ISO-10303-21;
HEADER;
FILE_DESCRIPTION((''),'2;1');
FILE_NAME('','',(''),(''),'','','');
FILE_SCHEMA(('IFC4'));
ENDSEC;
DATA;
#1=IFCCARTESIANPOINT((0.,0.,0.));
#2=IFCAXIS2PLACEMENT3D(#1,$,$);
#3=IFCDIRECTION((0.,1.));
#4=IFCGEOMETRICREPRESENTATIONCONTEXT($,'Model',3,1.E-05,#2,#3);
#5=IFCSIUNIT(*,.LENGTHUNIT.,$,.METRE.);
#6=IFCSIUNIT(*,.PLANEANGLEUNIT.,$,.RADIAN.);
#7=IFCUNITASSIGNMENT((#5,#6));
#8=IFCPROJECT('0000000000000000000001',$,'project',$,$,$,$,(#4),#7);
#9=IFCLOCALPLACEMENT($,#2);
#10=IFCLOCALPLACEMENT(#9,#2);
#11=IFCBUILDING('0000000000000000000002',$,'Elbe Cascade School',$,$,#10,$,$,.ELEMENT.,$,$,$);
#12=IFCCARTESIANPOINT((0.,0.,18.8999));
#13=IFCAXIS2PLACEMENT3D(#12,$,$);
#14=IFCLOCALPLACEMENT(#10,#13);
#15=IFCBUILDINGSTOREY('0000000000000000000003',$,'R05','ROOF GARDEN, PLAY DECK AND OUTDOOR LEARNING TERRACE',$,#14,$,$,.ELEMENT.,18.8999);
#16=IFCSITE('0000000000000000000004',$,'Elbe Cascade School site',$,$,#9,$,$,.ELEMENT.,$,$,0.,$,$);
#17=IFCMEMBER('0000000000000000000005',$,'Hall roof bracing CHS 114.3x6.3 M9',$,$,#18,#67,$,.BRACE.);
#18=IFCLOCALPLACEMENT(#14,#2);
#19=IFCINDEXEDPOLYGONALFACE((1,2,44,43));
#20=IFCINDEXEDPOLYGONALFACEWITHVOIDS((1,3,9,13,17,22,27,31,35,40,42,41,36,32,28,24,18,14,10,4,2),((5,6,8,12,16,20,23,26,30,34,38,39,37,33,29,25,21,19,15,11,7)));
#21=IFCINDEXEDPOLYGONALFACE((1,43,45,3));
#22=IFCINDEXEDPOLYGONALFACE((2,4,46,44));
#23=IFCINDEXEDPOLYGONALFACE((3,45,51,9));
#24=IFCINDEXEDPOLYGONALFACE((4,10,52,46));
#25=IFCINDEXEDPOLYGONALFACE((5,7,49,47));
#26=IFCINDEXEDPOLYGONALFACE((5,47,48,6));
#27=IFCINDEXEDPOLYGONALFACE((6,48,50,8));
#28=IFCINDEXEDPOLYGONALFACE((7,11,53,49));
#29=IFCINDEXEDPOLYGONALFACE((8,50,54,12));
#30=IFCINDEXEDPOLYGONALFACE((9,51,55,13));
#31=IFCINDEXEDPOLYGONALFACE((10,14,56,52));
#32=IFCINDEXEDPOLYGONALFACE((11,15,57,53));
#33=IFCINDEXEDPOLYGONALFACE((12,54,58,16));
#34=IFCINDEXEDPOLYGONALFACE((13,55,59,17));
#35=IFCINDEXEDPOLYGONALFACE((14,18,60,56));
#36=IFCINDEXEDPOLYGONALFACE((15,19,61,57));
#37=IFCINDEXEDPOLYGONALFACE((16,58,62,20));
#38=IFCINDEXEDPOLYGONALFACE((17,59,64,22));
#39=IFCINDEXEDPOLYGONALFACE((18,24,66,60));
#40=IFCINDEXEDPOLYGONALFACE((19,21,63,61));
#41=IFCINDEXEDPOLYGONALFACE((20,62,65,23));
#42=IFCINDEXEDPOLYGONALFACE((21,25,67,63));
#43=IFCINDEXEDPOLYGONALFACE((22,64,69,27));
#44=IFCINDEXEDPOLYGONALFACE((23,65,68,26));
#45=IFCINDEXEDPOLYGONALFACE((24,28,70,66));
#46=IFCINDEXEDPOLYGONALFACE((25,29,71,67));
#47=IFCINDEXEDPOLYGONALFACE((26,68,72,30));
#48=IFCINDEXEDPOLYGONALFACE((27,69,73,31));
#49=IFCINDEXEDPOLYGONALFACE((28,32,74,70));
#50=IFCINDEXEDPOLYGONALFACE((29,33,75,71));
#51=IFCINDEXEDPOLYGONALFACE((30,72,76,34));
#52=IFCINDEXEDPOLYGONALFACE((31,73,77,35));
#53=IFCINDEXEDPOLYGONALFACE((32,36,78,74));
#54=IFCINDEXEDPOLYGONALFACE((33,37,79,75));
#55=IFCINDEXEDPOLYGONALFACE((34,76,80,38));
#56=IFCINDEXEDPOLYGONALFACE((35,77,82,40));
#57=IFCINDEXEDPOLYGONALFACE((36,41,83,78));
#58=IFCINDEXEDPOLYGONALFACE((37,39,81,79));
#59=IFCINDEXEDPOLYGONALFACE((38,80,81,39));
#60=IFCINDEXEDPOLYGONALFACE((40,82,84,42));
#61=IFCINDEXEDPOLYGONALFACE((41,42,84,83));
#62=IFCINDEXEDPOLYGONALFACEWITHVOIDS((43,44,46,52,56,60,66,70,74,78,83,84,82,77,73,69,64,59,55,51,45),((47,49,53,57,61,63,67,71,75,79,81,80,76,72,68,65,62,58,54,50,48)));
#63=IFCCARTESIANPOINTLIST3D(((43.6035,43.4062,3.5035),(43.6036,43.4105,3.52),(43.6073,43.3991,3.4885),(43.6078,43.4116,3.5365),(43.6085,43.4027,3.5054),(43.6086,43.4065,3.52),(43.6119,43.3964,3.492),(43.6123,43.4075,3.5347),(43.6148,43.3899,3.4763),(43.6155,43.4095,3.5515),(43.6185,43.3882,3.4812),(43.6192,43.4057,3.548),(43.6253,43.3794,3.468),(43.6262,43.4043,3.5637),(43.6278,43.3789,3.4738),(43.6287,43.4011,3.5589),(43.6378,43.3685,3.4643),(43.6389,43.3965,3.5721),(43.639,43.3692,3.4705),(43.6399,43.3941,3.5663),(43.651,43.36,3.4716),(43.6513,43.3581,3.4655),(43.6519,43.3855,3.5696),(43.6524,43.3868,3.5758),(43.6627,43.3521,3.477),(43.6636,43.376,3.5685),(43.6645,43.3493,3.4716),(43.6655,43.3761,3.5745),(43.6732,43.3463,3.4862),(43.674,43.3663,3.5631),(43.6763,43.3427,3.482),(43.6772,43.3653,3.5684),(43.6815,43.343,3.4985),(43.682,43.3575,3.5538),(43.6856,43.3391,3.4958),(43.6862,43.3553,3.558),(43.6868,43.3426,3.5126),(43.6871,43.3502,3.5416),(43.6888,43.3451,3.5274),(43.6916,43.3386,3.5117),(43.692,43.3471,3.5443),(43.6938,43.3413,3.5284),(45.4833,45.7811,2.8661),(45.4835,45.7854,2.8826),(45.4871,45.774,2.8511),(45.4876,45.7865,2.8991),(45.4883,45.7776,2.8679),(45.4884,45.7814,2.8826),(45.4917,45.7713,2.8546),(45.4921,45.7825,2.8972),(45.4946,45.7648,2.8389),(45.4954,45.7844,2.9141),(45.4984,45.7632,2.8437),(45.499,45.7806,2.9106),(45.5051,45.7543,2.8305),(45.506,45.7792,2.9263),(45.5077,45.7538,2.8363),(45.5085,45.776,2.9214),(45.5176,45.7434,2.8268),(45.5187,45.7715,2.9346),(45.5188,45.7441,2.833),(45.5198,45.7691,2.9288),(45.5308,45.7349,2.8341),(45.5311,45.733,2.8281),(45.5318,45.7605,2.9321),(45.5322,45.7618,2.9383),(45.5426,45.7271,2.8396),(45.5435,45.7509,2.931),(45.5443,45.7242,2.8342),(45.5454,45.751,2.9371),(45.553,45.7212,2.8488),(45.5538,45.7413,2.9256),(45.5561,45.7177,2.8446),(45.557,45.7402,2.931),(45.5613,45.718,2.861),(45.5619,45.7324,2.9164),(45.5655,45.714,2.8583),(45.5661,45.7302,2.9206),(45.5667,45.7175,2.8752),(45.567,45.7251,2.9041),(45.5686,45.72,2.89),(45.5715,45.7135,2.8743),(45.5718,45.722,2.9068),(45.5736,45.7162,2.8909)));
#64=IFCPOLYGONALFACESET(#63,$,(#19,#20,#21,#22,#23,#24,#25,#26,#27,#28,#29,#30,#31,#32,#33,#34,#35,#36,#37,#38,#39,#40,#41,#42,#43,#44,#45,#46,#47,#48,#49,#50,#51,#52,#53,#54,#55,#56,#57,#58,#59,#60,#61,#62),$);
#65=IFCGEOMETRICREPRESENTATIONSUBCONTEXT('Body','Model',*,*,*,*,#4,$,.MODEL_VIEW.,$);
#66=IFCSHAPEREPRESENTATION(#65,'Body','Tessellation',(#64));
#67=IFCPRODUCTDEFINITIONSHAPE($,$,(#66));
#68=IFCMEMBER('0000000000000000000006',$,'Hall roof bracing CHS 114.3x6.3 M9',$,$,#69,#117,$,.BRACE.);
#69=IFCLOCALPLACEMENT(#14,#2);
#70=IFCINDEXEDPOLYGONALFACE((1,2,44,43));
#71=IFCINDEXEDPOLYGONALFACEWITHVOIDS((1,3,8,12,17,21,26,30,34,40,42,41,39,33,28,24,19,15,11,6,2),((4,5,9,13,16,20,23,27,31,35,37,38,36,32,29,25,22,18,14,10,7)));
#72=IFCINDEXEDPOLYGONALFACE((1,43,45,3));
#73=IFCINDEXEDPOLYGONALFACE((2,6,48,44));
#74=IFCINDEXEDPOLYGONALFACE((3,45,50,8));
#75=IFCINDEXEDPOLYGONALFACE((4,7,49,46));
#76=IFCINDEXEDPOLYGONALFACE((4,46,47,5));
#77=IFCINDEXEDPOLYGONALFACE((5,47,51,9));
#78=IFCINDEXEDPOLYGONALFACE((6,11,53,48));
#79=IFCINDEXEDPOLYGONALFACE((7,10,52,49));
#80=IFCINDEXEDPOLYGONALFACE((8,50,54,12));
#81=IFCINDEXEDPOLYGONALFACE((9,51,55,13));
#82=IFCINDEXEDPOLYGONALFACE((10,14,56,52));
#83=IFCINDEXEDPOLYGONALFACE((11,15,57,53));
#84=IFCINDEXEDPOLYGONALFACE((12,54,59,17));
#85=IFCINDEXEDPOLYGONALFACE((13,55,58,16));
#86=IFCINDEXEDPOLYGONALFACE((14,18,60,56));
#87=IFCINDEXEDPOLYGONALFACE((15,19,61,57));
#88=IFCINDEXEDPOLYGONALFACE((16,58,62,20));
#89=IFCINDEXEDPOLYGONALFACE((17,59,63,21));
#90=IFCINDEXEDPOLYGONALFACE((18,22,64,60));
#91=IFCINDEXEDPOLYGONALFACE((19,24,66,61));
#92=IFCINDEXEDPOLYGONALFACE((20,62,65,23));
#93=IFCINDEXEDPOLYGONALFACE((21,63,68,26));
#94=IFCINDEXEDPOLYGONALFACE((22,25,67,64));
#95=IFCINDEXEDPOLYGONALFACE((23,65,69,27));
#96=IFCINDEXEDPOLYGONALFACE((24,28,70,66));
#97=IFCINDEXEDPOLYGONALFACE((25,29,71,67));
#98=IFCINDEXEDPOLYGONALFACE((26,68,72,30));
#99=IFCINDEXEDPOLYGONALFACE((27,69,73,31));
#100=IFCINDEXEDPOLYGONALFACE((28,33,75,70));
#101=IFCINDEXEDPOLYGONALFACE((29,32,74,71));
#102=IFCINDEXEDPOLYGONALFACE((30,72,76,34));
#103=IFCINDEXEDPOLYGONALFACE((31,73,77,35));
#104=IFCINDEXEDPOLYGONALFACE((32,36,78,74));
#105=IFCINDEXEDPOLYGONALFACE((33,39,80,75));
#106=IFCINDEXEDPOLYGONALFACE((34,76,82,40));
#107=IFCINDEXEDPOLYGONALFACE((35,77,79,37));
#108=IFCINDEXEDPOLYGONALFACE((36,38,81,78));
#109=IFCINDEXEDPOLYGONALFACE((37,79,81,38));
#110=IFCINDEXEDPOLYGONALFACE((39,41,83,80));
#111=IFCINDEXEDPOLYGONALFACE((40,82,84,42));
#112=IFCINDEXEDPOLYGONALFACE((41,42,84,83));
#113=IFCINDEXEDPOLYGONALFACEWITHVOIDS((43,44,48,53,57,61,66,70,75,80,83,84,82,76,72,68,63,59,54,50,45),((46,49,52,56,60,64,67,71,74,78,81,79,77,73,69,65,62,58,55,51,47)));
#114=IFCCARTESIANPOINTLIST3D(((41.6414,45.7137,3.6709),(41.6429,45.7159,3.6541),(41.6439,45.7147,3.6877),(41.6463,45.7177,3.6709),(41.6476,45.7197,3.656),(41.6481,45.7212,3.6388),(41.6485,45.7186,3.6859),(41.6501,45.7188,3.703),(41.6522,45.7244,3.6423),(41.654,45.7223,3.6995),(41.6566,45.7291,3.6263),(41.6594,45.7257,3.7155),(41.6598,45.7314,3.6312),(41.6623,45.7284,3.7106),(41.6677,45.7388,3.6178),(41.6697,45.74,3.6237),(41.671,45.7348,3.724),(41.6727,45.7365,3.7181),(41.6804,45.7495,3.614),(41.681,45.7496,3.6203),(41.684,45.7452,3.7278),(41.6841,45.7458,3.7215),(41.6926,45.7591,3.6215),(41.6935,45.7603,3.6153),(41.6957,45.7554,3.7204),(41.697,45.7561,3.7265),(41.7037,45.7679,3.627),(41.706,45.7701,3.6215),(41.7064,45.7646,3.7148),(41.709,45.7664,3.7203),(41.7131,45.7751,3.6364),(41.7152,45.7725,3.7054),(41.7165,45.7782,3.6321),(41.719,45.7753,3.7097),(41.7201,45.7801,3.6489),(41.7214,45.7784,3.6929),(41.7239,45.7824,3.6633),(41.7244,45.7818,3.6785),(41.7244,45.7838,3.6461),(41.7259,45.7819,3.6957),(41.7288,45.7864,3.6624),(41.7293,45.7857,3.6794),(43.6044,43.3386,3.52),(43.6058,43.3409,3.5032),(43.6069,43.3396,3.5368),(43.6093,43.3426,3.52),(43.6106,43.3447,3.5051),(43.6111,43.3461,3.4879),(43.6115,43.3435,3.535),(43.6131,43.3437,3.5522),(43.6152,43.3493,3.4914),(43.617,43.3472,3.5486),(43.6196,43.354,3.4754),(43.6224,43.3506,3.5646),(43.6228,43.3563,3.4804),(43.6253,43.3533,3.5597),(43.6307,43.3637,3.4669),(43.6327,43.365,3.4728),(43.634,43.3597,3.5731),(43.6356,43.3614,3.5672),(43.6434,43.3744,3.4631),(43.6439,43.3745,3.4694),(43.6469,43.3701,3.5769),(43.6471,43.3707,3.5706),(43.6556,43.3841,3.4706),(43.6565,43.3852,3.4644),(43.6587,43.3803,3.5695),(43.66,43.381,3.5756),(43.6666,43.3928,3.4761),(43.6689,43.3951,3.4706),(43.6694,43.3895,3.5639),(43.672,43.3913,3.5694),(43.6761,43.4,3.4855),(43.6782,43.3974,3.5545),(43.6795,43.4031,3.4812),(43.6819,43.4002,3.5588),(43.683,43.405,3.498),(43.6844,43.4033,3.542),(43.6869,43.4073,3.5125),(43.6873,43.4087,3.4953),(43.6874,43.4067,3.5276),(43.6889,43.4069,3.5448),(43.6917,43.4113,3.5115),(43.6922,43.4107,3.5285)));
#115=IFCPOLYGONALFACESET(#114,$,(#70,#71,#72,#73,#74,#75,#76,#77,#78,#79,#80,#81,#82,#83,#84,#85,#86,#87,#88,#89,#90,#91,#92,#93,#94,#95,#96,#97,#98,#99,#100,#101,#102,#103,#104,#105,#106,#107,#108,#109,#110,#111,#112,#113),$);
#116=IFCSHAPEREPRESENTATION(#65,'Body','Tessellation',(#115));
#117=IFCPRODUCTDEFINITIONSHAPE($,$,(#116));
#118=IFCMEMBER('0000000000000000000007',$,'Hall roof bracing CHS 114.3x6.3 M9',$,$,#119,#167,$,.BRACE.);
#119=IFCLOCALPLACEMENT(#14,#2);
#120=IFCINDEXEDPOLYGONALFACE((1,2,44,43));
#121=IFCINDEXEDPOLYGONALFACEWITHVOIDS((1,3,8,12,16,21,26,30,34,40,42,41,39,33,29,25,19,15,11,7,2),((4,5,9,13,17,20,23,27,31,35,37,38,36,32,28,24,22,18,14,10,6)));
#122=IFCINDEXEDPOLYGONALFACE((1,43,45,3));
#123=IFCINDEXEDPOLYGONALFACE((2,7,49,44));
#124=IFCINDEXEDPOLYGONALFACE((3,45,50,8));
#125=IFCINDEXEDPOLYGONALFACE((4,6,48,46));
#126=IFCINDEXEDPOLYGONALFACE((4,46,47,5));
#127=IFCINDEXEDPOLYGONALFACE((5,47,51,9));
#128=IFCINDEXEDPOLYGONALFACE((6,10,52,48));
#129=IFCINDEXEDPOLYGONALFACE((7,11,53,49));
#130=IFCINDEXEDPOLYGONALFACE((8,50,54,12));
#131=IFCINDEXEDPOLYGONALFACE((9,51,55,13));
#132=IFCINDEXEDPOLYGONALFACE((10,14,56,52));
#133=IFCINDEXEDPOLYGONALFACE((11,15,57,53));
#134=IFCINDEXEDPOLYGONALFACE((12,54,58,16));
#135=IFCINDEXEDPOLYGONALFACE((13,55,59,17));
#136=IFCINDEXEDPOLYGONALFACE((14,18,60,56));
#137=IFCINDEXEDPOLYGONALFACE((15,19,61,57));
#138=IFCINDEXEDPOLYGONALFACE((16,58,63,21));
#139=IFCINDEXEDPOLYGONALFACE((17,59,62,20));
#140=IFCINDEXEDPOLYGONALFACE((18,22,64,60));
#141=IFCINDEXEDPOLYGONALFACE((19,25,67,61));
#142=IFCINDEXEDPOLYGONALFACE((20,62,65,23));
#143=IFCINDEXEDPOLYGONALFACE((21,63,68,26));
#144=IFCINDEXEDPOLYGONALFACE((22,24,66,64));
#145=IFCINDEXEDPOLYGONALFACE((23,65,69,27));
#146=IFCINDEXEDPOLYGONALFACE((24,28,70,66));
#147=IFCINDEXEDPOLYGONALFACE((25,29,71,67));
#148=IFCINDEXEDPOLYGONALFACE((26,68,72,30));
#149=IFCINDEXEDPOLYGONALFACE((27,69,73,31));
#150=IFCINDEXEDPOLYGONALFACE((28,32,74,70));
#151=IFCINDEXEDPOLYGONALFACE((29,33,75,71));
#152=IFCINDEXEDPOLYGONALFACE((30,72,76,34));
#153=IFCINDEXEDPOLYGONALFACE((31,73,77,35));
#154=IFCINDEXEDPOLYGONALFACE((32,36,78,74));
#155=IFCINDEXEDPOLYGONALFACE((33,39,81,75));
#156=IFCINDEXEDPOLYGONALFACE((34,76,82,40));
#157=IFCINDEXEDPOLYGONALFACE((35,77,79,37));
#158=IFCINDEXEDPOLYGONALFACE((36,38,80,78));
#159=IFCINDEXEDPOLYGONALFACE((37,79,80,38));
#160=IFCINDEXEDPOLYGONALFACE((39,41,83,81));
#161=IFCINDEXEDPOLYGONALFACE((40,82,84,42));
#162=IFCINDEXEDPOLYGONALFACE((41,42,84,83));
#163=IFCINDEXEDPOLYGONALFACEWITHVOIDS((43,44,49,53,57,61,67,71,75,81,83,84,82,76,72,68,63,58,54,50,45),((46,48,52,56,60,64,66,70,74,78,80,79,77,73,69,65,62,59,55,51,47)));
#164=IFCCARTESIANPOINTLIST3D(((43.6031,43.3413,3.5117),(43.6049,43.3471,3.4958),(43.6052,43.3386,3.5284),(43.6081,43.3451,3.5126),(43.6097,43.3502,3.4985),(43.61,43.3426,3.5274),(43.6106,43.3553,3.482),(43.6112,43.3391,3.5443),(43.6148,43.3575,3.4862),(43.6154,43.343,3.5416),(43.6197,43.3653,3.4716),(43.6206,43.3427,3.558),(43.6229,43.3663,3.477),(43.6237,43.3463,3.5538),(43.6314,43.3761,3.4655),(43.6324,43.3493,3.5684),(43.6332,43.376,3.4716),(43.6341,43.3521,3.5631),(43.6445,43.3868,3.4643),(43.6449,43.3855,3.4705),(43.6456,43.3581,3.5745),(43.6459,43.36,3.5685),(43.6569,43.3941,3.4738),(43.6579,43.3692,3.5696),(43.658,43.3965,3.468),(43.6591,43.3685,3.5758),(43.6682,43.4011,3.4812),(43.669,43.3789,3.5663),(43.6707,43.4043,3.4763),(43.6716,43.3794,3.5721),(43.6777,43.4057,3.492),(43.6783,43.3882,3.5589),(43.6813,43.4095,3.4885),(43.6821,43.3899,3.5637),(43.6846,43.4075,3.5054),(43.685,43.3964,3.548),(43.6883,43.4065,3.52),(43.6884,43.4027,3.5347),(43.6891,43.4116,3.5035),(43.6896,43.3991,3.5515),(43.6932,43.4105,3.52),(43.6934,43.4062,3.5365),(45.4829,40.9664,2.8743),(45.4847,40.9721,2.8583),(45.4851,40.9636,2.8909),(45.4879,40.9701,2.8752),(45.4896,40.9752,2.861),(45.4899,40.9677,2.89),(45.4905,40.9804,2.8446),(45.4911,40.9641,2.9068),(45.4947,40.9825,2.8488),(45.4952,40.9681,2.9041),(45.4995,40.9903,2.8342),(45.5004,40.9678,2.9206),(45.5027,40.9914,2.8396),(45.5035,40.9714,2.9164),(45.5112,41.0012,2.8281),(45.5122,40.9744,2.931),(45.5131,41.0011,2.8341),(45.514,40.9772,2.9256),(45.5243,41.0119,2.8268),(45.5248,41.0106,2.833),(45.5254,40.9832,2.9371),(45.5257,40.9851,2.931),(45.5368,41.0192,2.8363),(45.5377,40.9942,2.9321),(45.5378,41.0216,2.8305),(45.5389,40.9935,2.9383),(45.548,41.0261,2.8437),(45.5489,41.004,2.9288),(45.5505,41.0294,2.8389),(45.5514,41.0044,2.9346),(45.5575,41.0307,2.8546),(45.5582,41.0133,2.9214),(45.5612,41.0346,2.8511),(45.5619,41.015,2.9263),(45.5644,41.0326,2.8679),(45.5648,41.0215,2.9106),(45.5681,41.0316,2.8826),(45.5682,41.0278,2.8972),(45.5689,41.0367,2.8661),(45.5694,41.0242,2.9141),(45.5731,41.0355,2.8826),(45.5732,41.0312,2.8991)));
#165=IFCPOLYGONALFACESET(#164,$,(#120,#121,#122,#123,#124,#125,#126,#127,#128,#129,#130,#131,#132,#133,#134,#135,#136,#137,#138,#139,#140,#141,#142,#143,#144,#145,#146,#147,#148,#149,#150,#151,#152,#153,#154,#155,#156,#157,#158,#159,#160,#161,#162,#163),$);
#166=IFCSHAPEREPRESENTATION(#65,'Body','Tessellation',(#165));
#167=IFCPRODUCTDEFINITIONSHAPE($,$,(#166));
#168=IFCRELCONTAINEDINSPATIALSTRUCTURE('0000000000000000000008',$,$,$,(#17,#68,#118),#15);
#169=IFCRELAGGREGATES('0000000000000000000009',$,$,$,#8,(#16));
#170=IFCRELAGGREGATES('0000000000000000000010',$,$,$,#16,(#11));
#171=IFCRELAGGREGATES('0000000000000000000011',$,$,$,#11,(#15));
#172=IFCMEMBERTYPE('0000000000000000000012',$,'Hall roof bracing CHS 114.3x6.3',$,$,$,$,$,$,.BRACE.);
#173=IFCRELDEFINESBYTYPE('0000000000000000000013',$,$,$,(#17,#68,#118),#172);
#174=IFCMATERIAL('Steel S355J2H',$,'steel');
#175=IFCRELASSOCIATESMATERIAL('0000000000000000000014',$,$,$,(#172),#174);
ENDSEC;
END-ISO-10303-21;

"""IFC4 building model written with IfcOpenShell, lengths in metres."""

from ifc_helpers import new_model, si_unit, direction, frame, origin, origin_2d, place, context, subcontext, project, spatial, hollow_circle, extrude, material, material_profile, profile_set, type_object, element, save


model = new_model("IFC4")

# Units and contexts
model_context = context("Model", 3, precision=1e-05, world=origin(), true_north=direction((0.0, 1.0)))
body_context = subcontext(model_context, "Body", "Model", "MODEL_VIEW")
ifc_project = project(units=[si_unit("LENGTHUNIT", "METRE"), si_unit("PLANEANGLEUNIT", "RADIAN")], contexts=[model_context])

# Site, building, storey
site_placement = place(None, origin())
site = spatial("IfcSite", under=ifc_project, at=site_placement, Name="Elbe Cascade School site", CompositionType="ELEMENT", RefElevation=0.0)
building_placement = place(site_placement, origin())
building = spatial("IfcBuilding", under=site, at=building_placement, Name="Elbe Cascade School", CompositionType="ELEMENT")
storey_placement = place(building_placement, frame((0.0, 0.0, 18.8999)))
storey = spatial("IfcBuildingStorey", under=building, at=storey_placement, Name="R05", Description="ROOF GARDEN, PLAY DECK AND OUTDOOR LEARNING TERRACE", CompositionType="ELEMENT", Elevation=18.8999)

# Members
ifc_material_1 = material(Name="Steel S355J2H", Category="steel")
ifc_material_profile_1 = material_profile(ifc_material_1, hollow_circle(Radius=0.0571, WallThickness=0.0063, at=origin_2d()), Name="CHS 114.3x6.3")
ifc_profile_set_1 = profile_set([ifc_material_profile_1], Name="Steel S355J2H")
member_type_1 = type_object("IfcMemberType", Name="Hall roof bracing CHS 114.3x6.3", PredefinedType="BRACE", material=ifc_profile_set_1)
member_1_placement = place(storey_placement, frame((43.6484, 43.375, 3.52), z_axis=(0.607333, 0.76729, -0.205941), x_axis=(-0.784098, 0.620637, 0.0)))
element("IfcMember", 1, at=member_1_placement, inside=storey, type_object=member_type_1, Name="Hall roof bracing CHS 114.3x6.3 M9", PredefinedType="BRACE", context=body_context, shape_type="SweptSolid", body=[
    extrude(hollow_circle(Radius=0.0571, WallThickness=0.0063, at=origin_2d()), origin(), (0.0, 0.0, 1.0), 3.0952),
])
member_2_placement = place(storey_placement, frame((43.6484, 43.375, 3.52), z_axis=(-0.636299, 0.76989, 0.04891), x_axis=(-0.770813, -0.637062, 0.0)))
element("IfcMember", 2, at=member_2_placement, inside=storey, type_object=member_type_1, Name="Hall roof bracing CHS 114.3x6.3 M9", PredefinedType="BRACE", context=body_context, shape_type="SweptSolid", body=[
    extrude(hollow_circle(Radius=0.0571, WallThickness=0.0063, at=origin_2d()), origin(), (0.0, 0.0, 1.0), 3.085),
])
member_3_placement = place(storey_placement, frame((43.6484, 43.375, 3.52), z_axis=(0.607333, -0.76729, -0.205941), x_axis=(0.784098, 0.620637, 0.0)))
element("IfcMember", 3, at=member_3_placement, inside=storey, type_object=member_type_1, Name="Hall roof bracing CHS 114.3x6.3 M9", PredefinedType="BRACE", context=body_context, shape_type="SweptSolid", body=[
    extrude(hollow_circle(Radius=0.0571, WallThickness=0.0063, at=origin_2d()), origin(), (0.0, 0.0, 1.0), 3.0952),
])

save(model, "model.ifc")
